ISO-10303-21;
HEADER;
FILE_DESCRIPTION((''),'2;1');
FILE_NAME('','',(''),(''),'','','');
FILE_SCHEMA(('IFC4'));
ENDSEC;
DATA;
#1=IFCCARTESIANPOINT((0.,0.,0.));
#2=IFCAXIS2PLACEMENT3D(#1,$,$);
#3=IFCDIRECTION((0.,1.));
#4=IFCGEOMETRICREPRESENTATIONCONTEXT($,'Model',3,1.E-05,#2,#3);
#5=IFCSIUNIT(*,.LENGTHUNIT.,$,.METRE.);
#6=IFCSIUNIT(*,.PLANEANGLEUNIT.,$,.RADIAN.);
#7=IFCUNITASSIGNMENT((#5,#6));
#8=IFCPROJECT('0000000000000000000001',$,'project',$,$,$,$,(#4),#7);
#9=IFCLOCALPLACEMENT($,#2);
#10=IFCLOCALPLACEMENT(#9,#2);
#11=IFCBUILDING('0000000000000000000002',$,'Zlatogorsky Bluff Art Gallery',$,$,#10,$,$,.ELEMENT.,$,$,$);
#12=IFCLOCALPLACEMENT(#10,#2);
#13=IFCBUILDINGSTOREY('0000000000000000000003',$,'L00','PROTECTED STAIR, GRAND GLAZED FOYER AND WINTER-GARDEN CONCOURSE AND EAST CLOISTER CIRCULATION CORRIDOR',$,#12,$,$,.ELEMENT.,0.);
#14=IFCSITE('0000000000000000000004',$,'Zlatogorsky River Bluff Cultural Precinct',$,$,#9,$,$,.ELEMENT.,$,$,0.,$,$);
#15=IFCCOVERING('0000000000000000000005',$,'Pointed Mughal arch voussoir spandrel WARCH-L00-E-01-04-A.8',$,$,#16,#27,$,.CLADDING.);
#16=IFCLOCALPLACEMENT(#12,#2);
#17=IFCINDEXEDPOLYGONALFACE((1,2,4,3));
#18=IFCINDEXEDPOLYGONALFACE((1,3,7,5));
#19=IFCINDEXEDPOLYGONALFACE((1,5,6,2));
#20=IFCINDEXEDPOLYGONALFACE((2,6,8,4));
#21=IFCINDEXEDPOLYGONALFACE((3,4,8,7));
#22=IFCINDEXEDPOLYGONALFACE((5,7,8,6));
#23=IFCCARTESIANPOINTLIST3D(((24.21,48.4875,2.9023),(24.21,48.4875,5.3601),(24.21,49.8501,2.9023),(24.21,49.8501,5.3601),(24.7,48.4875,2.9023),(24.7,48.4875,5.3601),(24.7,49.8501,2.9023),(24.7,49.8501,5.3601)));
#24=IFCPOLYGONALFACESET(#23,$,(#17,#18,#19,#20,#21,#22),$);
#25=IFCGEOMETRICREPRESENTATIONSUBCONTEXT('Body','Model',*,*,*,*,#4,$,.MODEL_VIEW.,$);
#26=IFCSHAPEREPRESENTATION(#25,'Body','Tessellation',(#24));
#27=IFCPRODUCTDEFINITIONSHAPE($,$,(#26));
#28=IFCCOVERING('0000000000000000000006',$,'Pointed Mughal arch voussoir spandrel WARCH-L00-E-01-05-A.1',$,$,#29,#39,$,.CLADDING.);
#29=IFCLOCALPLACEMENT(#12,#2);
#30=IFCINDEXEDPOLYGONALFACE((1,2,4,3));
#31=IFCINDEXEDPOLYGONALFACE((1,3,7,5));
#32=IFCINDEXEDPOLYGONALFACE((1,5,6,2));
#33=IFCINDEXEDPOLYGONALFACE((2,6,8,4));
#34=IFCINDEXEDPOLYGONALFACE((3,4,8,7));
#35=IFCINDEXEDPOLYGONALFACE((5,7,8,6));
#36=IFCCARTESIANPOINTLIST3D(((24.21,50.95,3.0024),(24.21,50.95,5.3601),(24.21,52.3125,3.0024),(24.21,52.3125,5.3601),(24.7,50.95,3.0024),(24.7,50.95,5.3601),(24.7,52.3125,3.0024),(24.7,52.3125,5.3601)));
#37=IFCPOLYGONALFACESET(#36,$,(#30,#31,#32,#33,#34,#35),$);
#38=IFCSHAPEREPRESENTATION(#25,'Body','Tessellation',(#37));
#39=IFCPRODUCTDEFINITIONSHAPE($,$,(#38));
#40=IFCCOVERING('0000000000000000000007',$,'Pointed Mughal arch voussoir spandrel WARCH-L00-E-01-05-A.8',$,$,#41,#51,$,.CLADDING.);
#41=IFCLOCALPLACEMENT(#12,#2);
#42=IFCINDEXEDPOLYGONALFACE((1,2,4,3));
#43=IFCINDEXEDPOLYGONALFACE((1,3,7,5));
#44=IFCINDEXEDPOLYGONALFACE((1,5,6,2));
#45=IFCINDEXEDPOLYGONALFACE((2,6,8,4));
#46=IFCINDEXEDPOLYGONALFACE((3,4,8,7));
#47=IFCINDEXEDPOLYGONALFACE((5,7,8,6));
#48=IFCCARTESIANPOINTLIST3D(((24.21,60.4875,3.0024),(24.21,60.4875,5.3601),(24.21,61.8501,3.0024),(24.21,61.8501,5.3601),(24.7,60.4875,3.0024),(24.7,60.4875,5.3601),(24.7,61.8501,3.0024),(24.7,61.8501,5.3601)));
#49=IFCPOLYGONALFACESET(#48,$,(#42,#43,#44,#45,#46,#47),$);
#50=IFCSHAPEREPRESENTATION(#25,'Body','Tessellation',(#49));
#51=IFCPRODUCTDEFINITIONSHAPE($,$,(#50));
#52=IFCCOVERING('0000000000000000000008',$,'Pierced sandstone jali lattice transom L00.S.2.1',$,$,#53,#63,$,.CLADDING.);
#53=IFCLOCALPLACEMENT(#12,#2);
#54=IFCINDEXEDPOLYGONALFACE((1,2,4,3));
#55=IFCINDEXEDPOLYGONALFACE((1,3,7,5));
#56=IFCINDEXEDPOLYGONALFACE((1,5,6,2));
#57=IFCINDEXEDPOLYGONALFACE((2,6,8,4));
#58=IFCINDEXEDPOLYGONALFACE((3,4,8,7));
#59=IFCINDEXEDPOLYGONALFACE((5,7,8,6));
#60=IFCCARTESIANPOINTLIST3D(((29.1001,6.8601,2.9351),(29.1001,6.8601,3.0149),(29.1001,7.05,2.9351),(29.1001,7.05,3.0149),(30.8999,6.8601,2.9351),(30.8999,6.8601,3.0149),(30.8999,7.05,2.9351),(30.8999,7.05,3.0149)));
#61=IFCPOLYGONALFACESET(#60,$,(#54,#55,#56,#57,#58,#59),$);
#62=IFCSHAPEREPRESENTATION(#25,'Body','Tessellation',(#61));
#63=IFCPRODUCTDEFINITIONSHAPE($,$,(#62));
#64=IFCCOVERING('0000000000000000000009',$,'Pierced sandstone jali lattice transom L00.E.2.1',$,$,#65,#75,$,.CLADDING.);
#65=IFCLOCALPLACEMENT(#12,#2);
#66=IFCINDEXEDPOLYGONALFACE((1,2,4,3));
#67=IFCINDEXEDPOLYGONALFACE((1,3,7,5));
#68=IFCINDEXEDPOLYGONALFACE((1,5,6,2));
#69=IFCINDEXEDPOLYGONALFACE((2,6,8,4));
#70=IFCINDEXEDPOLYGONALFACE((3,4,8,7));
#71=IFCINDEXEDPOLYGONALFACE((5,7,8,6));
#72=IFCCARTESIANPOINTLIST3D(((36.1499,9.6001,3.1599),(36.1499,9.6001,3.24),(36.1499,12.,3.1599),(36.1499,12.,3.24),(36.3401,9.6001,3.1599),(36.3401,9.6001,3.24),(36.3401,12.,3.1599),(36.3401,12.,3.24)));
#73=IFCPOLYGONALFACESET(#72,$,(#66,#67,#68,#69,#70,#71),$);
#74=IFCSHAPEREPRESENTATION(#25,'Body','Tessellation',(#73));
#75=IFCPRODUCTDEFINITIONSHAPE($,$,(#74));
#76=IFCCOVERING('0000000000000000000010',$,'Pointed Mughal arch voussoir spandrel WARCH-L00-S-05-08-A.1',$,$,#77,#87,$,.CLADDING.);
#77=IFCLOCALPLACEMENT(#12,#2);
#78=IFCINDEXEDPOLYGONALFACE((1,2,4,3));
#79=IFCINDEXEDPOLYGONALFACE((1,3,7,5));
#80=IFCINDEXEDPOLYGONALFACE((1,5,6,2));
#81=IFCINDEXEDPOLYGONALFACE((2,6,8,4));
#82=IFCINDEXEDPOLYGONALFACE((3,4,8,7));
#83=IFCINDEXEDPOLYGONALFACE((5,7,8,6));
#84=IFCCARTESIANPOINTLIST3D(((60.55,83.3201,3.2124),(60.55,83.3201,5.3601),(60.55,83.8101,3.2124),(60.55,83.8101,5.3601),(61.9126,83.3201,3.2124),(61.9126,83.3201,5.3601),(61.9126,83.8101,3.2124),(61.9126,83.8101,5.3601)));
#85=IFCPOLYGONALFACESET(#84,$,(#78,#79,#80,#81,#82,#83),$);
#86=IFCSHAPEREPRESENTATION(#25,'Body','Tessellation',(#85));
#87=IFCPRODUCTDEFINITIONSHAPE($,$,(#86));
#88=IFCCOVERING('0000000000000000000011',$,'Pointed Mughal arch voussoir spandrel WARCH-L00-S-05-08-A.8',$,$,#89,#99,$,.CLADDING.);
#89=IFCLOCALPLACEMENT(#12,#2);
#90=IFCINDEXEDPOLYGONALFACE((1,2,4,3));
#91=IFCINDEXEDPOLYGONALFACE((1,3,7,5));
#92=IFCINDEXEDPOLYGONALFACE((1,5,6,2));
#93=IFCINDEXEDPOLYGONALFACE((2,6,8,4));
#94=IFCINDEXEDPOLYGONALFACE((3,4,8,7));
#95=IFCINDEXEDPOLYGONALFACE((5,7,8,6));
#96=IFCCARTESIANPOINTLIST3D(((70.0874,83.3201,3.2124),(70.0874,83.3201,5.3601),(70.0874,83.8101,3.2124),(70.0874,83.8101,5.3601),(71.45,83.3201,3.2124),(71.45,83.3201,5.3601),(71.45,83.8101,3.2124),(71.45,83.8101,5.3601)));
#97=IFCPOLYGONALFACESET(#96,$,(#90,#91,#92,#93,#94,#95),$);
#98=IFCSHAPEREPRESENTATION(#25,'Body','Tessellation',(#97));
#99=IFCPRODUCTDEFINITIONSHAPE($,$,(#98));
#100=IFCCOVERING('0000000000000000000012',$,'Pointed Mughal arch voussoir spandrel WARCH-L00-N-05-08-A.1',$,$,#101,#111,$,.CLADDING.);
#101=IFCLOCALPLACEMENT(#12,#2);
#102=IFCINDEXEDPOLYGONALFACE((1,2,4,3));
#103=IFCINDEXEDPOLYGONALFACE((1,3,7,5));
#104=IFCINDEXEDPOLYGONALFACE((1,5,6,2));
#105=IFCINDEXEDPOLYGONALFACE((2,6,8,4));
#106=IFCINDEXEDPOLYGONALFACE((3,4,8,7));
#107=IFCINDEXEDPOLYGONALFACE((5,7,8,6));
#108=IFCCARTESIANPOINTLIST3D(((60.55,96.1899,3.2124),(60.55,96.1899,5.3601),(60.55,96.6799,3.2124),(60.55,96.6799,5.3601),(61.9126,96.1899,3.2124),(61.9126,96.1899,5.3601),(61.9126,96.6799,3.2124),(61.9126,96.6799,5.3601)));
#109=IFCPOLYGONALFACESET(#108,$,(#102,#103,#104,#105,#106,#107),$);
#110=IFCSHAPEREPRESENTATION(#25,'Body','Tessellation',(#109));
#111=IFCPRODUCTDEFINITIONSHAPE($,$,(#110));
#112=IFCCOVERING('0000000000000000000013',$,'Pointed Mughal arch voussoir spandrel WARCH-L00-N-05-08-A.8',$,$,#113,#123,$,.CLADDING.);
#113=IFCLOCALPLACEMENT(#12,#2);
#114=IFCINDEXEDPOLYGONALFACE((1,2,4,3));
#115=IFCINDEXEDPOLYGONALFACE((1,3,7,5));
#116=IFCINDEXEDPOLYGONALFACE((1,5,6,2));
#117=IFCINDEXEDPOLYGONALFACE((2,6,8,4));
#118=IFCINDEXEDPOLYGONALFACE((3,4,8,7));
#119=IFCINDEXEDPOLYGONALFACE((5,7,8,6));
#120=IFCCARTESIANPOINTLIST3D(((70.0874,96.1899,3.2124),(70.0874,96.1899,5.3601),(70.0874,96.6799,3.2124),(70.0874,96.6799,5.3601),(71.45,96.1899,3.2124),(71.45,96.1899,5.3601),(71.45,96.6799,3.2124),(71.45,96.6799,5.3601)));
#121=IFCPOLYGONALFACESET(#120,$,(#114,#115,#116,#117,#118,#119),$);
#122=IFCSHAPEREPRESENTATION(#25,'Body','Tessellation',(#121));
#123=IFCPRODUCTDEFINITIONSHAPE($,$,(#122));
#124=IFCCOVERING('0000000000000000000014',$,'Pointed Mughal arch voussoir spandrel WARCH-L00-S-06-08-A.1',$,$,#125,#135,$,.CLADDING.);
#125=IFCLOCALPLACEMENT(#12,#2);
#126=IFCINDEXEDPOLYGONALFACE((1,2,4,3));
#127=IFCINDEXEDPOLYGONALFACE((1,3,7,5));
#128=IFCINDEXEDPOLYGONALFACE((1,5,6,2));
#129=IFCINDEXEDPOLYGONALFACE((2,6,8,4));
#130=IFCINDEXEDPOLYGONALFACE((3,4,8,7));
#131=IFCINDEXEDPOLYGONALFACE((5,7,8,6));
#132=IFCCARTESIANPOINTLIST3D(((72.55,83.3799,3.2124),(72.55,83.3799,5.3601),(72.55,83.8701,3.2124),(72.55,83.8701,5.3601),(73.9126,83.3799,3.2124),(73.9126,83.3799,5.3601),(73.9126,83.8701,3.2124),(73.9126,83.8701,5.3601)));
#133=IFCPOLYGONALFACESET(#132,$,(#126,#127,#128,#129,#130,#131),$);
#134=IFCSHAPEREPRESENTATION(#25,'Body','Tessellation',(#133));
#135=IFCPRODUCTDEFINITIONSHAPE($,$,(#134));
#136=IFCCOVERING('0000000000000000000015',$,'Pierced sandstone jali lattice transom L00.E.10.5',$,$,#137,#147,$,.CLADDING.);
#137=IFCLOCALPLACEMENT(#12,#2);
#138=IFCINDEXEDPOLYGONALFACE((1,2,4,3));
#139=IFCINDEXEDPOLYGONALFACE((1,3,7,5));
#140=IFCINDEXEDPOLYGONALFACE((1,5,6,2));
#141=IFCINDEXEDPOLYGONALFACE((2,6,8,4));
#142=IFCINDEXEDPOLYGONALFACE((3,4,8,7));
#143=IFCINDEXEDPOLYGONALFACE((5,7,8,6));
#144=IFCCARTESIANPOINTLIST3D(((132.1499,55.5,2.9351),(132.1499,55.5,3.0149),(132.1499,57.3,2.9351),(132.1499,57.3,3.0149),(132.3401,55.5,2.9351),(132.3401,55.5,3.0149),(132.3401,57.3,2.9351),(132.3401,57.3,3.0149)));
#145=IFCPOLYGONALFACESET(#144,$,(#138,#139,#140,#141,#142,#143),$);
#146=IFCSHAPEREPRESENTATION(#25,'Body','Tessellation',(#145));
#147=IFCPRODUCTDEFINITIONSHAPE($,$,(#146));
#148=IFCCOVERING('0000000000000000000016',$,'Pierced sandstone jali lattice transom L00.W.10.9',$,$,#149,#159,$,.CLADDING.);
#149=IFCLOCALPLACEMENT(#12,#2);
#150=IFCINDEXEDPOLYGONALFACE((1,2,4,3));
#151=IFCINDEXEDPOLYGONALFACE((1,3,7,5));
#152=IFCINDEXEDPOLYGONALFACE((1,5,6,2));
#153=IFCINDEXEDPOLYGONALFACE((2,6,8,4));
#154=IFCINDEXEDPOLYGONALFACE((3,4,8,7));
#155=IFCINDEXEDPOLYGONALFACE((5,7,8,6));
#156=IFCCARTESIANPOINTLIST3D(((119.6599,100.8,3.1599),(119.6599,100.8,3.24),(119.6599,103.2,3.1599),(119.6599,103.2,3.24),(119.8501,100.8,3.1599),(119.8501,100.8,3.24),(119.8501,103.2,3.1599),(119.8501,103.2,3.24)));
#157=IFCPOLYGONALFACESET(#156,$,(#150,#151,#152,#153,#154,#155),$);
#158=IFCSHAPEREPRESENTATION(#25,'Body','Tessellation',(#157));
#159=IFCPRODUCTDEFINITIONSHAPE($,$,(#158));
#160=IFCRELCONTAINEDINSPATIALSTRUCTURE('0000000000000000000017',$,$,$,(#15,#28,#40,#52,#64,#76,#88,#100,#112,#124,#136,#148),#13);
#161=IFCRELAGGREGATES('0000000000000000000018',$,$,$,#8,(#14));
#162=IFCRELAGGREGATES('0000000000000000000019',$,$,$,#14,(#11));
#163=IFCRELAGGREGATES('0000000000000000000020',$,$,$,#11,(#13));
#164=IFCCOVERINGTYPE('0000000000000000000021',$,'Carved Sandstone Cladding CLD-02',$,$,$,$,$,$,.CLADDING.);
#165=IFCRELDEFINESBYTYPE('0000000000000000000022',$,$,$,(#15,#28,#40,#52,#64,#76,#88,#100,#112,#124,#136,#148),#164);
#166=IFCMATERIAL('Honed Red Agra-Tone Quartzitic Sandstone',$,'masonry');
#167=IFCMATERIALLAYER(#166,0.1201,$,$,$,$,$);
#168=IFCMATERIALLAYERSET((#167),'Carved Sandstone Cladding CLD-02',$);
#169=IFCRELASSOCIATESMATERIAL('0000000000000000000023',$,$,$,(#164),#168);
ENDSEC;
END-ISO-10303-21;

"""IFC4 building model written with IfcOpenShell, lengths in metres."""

from ifc_helpers import new_model, si_unit, direction, frame, origin, place, context, subcontext, project, spatial, polyline, outline, extrude, material, layer, layer_set, type_object, element, save


model = new_model("IFC4")

# Units and contexts
model_context = context("Model", 3, precision=1e-05, world=origin(), true_north=direction((0.0, 1.0)))
body_context = subcontext(model_context, "Body", "Model", "MODEL_VIEW")
ifc_project = project(units=[si_unit("LENGTHUNIT", "METRE"), si_unit("PLANEANGLEUNIT", "RADIAN")], contexts=[model_context])

# Site, building, storey
site_placement = place(None, origin())
site = spatial("IfcSite", under=ifc_project, at=site_placement, Name="Zlatogorsky River Bluff Cultural Precinct", CompositionType="ELEMENT", RefElevation=0.0)
building_placement = place(site_placement, origin())
building = spatial("IfcBuilding", under=site, at=building_placement, Name="Zlatogorsky Bluff Art Gallery", CompositionType="ELEMENT")
storey_placement = place(building_placement, origin())
storey = spatial("IfcBuildingStorey", under=building, at=storey_placement, Name="L00", Description="PROTECTED STAIR, GRAND GLAZED FOYER AND WINTER-GARDEN CONCOURSE AND EAST CLOISTER CIRCULATION CORRIDOR", CompositionType="ELEMENT", Elevation=0.0)

# Coverings
ifc_material = material(Name="Honed Red Agra-Tone Quartzitic Sandstone", Category="masonry")
ifc_layer = layer(ifc_material, 0.1201)
ifc_layer_set = layer_set([ifc_layer], Name="Carved Sandstone Cladding CLD-02")
covering_type = type_object("IfcCoveringType", Name="Carved Sandstone Cladding CLD-02", PredefinedType="CLADDING", material=ifc_layer_set)
covering_1_placement = place(storey_placement, frame((0.0, 0.0, 2.9023)))
element("IfcCovering", 1, at=covering_1_placement, inside=storey, type_object=covering_type, Name="Pointed Mughal arch voussoir spandrel WARCH-L00-E-01-04-A.8", PredefinedType="CLADDING", context=body_context, shape_type="SweptSolid", body=[
    extrude(outline(polyline([(24.21, 48.4875), (24.21, 49.8501), (24.7, 49.8501), (24.7, 48.4875), (24.21, 48.4875)])), origin(), (0.0, 0.0, 1.0), 2.4578),
])
covering_2_placement = place(storey_placement, frame((0.0, 0.0, 3.0024)))
element("IfcCovering", 2, at=covering_2_placement, inside=storey, type_object=covering_type, Name="Pointed Mughal arch voussoir spandrel WARCH-L00-E-01-05-A.1", PredefinedType="CLADDING", context=body_context, shape_type="SweptSolid", body=[
    extrude(outline(polyline([(24.21, 50.95), (24.21, 52.3125), (24.7, 52.3125), (24.7, 50.95), (24.21, 50.95)])), origin(), (0.0, 0.0, 1.0), 2.3577),
])
covering_3_placement = place(storey_placement, frame((0.0, 0.0, 3.0024)))
element("IfcCovering", 3, at=covering_3_placement, inside=storey, type_object=covering_type, Name="Pointed Mughal arch voussoir spandrel WARCH-L00-E-01-05-A.8", PredefinedType="CLADDING", context=body_context, shape_type="SweptSolid", body=[
    extrude(outline(polyline([(24.21, 60.4875), (24.21, 61.8501), (24.7, 61.8501), (24.7, 60.4875), (24.21, 60.4875)])), origin(), (0.0, 0.0, 1.0), 2.3577),
])
covering_4_placement = place(storey_placement, frame((0.0, 0.0, 2.9351)))
element("IfcCovering", 4, at=covering_4_placement, inside=storey, type_object=covering_type, Name="Pierced sandstone jali lattice transom L00.S.2.1", PredefinedType="CLADDING", context=body_context, shape_type="SweptSolid", body=[
    extrude(outline(polyline([(29.1001, 6.8601), (30.8999, 6.8601), (30.8999, 7.05), (29.1001, 7.05), (29.1001, 6.8601)])), origin(), (0.0, 0.0, 1.0), 0.0798),
])
covering_5_placement = place(storey_placement, frame((0.0, 0.0, 3.1599)))
element("IfcCovering", 5, at=covering_5_placement, inside=storey, type_object=covering_type, Name="Pierced sandstone jali lattice transom L00.E.2.1", PredefinedType="CLADDING", context=body_context, shape_type="SweptSolid", body=[
    extrude(outline(polyline([(36.1499, 9.6001), (36.1499, 12.0), (36.3401, 12.0), (36.3401, 9.6001), (36.1499, 9.6001)])), origin(), (0.0, 0.0, 1.0), 0.0801),
])
covering_6_placement = place(storey_placement, frame((0.0, 0.0, 3.2124)))
element("IfcCovering", 6, at=covering_6_placement, inside=storey, type_object=covering_type, Name="Pointed Mughal arch voussoir spandrel WARCH-L00-S-05-08-A.1", PredefinedType="CLADDING", context=body_context, shape_type="SweptSolid", body=[
    extrude(outline(polyline([(60.55, 83.3201), (61.9126, 83.3201), (61.9126, 83.8101), (60.55, 83.8101), (60.55, 83.3201)])), origin(), (0.0, 0.0, 1.0), 2.1477),
])
covering_7_placement = place(storey_placement, frame((0.0, 0.0, 3.2124)))
element("IfcCovering", 7, at=covering_7_placement, inside=storey, type_object=covering_type, Name="Pointed Mughal arch voussoir spandrel WARCH-L00-S-05-08-A.8", PredefinedType="CLADDING", context=body_context, shape_type="SweptSolid", body=[
    extrude(outline(polyline([(70.0874, 83.3201), (71.45, 83.3201), (71.45, 83.8101), (70.0874, 83.8101), (70.0874, 83.3201)])), origin(), (0.0, 0.0, 1.0), 2.1477),
])
covering_8_placement = place(storey_placement, frame((0.0, 0.0, 3.2124)))
element("IfcCovering", 8, at=covering_8_placement, inside=storey, type_object=covering_type, Name="Pointed Mughal arch voussoir spandrel WARCH-L00-N-05-08-A.1", PredefinedType="CLADDING", context=body_context, shape_type="SweptSolid", body=[
    extrude(outline(polyline([(60.55, 96.1899), (61.9126, 96.1899), (61.9126, 96.6799), (60.55, 96.6799), (60.55, 96.1899)])), origin(), (0.0, 0.0, 1.0), 2.1477),
])
covering_9_placement = place(storey_placement, frame((0.0, 0.0, 3.2124)))
element("IfcCovering", 9, at=covering_9_placement, inside=storey, type_object=covering_type, Name="Pointed Mughal arch voussoir spandrel WARCH-L00-N-05-08-A.8", PredefinedType="CLADDING", context=body_context, shape_type="SweptSolid", body=[
    extrude(outline(polyline([(70.0874, 96.1899), (71.45, 96.1899), (71.45, 96.6799), (70.0874, 96.6799), (70.0874, 96.1899)])), origin(), (0.0, 0.0, 1.0), 2.1477),
])
covering_10_placement = place(storey_placement, frame((0.0, 0.0, 3.2124)))
element("IfcCovering", 10, at=covering_10_placement, inside=storey, type_object=covering_type, Name="Pointed Mughal arch voussoir spandrel WARCH-L00-S-06-08-A.1", PredefinedType="CLADDING", context=body_context, shape_type="SweptSolid", body=[
    extrude(outline(polyline([(72.55, 83.3799), (73.9126, 83.3799), (73.9126, 83.8701), (72.55, 83.8701), (72.55, 83.3799)])), origin(), (0.0, 0.0, 1.0), 2.1477),
])
covering_11_placement = place(storey_placement, frame((0.0, 0.0, 2.9351)))
element("IfcCovering", 11, at=covering_11_placement, inside=storey, type_object=covering_type, Name="Pierced sandstone jali lattice transom L00.E.10.5", PredefinedType="CLADDING", context=body_context, shape_type="SweptSolid", body=[
    extrude(outline(polyline([(132.1499, 55.5), (132.1499, 57.3), (132.3401, 57.3), (132.3401, 55.5), (132.1499, 55.5)])), origin(), (0.0, 0.0, 1.0), 0.0798),
])
covering_12_placement = place(storey_placement, frame((0.0, 0.0, 3.1599)))
element("IfcCovering", 12, at=covering_12_placement, inside=storey, type_object=covering_type, Name="Pierced sandstone jali lattice transom L00.W.10.9", PredefinedType="CLADDING", context=body_context, shape_type="SweptSolid", body=[
    extrude(outline(polyline([(119.6599, 100.8), (119.6599, 103.2), (119.8501, 103.2), (119.8501, 100.8), (119.6599, 100.8)])), origin(), (0.0, 0.0, 1.0), 0.0801),
])

save(model, "model.ifc")
